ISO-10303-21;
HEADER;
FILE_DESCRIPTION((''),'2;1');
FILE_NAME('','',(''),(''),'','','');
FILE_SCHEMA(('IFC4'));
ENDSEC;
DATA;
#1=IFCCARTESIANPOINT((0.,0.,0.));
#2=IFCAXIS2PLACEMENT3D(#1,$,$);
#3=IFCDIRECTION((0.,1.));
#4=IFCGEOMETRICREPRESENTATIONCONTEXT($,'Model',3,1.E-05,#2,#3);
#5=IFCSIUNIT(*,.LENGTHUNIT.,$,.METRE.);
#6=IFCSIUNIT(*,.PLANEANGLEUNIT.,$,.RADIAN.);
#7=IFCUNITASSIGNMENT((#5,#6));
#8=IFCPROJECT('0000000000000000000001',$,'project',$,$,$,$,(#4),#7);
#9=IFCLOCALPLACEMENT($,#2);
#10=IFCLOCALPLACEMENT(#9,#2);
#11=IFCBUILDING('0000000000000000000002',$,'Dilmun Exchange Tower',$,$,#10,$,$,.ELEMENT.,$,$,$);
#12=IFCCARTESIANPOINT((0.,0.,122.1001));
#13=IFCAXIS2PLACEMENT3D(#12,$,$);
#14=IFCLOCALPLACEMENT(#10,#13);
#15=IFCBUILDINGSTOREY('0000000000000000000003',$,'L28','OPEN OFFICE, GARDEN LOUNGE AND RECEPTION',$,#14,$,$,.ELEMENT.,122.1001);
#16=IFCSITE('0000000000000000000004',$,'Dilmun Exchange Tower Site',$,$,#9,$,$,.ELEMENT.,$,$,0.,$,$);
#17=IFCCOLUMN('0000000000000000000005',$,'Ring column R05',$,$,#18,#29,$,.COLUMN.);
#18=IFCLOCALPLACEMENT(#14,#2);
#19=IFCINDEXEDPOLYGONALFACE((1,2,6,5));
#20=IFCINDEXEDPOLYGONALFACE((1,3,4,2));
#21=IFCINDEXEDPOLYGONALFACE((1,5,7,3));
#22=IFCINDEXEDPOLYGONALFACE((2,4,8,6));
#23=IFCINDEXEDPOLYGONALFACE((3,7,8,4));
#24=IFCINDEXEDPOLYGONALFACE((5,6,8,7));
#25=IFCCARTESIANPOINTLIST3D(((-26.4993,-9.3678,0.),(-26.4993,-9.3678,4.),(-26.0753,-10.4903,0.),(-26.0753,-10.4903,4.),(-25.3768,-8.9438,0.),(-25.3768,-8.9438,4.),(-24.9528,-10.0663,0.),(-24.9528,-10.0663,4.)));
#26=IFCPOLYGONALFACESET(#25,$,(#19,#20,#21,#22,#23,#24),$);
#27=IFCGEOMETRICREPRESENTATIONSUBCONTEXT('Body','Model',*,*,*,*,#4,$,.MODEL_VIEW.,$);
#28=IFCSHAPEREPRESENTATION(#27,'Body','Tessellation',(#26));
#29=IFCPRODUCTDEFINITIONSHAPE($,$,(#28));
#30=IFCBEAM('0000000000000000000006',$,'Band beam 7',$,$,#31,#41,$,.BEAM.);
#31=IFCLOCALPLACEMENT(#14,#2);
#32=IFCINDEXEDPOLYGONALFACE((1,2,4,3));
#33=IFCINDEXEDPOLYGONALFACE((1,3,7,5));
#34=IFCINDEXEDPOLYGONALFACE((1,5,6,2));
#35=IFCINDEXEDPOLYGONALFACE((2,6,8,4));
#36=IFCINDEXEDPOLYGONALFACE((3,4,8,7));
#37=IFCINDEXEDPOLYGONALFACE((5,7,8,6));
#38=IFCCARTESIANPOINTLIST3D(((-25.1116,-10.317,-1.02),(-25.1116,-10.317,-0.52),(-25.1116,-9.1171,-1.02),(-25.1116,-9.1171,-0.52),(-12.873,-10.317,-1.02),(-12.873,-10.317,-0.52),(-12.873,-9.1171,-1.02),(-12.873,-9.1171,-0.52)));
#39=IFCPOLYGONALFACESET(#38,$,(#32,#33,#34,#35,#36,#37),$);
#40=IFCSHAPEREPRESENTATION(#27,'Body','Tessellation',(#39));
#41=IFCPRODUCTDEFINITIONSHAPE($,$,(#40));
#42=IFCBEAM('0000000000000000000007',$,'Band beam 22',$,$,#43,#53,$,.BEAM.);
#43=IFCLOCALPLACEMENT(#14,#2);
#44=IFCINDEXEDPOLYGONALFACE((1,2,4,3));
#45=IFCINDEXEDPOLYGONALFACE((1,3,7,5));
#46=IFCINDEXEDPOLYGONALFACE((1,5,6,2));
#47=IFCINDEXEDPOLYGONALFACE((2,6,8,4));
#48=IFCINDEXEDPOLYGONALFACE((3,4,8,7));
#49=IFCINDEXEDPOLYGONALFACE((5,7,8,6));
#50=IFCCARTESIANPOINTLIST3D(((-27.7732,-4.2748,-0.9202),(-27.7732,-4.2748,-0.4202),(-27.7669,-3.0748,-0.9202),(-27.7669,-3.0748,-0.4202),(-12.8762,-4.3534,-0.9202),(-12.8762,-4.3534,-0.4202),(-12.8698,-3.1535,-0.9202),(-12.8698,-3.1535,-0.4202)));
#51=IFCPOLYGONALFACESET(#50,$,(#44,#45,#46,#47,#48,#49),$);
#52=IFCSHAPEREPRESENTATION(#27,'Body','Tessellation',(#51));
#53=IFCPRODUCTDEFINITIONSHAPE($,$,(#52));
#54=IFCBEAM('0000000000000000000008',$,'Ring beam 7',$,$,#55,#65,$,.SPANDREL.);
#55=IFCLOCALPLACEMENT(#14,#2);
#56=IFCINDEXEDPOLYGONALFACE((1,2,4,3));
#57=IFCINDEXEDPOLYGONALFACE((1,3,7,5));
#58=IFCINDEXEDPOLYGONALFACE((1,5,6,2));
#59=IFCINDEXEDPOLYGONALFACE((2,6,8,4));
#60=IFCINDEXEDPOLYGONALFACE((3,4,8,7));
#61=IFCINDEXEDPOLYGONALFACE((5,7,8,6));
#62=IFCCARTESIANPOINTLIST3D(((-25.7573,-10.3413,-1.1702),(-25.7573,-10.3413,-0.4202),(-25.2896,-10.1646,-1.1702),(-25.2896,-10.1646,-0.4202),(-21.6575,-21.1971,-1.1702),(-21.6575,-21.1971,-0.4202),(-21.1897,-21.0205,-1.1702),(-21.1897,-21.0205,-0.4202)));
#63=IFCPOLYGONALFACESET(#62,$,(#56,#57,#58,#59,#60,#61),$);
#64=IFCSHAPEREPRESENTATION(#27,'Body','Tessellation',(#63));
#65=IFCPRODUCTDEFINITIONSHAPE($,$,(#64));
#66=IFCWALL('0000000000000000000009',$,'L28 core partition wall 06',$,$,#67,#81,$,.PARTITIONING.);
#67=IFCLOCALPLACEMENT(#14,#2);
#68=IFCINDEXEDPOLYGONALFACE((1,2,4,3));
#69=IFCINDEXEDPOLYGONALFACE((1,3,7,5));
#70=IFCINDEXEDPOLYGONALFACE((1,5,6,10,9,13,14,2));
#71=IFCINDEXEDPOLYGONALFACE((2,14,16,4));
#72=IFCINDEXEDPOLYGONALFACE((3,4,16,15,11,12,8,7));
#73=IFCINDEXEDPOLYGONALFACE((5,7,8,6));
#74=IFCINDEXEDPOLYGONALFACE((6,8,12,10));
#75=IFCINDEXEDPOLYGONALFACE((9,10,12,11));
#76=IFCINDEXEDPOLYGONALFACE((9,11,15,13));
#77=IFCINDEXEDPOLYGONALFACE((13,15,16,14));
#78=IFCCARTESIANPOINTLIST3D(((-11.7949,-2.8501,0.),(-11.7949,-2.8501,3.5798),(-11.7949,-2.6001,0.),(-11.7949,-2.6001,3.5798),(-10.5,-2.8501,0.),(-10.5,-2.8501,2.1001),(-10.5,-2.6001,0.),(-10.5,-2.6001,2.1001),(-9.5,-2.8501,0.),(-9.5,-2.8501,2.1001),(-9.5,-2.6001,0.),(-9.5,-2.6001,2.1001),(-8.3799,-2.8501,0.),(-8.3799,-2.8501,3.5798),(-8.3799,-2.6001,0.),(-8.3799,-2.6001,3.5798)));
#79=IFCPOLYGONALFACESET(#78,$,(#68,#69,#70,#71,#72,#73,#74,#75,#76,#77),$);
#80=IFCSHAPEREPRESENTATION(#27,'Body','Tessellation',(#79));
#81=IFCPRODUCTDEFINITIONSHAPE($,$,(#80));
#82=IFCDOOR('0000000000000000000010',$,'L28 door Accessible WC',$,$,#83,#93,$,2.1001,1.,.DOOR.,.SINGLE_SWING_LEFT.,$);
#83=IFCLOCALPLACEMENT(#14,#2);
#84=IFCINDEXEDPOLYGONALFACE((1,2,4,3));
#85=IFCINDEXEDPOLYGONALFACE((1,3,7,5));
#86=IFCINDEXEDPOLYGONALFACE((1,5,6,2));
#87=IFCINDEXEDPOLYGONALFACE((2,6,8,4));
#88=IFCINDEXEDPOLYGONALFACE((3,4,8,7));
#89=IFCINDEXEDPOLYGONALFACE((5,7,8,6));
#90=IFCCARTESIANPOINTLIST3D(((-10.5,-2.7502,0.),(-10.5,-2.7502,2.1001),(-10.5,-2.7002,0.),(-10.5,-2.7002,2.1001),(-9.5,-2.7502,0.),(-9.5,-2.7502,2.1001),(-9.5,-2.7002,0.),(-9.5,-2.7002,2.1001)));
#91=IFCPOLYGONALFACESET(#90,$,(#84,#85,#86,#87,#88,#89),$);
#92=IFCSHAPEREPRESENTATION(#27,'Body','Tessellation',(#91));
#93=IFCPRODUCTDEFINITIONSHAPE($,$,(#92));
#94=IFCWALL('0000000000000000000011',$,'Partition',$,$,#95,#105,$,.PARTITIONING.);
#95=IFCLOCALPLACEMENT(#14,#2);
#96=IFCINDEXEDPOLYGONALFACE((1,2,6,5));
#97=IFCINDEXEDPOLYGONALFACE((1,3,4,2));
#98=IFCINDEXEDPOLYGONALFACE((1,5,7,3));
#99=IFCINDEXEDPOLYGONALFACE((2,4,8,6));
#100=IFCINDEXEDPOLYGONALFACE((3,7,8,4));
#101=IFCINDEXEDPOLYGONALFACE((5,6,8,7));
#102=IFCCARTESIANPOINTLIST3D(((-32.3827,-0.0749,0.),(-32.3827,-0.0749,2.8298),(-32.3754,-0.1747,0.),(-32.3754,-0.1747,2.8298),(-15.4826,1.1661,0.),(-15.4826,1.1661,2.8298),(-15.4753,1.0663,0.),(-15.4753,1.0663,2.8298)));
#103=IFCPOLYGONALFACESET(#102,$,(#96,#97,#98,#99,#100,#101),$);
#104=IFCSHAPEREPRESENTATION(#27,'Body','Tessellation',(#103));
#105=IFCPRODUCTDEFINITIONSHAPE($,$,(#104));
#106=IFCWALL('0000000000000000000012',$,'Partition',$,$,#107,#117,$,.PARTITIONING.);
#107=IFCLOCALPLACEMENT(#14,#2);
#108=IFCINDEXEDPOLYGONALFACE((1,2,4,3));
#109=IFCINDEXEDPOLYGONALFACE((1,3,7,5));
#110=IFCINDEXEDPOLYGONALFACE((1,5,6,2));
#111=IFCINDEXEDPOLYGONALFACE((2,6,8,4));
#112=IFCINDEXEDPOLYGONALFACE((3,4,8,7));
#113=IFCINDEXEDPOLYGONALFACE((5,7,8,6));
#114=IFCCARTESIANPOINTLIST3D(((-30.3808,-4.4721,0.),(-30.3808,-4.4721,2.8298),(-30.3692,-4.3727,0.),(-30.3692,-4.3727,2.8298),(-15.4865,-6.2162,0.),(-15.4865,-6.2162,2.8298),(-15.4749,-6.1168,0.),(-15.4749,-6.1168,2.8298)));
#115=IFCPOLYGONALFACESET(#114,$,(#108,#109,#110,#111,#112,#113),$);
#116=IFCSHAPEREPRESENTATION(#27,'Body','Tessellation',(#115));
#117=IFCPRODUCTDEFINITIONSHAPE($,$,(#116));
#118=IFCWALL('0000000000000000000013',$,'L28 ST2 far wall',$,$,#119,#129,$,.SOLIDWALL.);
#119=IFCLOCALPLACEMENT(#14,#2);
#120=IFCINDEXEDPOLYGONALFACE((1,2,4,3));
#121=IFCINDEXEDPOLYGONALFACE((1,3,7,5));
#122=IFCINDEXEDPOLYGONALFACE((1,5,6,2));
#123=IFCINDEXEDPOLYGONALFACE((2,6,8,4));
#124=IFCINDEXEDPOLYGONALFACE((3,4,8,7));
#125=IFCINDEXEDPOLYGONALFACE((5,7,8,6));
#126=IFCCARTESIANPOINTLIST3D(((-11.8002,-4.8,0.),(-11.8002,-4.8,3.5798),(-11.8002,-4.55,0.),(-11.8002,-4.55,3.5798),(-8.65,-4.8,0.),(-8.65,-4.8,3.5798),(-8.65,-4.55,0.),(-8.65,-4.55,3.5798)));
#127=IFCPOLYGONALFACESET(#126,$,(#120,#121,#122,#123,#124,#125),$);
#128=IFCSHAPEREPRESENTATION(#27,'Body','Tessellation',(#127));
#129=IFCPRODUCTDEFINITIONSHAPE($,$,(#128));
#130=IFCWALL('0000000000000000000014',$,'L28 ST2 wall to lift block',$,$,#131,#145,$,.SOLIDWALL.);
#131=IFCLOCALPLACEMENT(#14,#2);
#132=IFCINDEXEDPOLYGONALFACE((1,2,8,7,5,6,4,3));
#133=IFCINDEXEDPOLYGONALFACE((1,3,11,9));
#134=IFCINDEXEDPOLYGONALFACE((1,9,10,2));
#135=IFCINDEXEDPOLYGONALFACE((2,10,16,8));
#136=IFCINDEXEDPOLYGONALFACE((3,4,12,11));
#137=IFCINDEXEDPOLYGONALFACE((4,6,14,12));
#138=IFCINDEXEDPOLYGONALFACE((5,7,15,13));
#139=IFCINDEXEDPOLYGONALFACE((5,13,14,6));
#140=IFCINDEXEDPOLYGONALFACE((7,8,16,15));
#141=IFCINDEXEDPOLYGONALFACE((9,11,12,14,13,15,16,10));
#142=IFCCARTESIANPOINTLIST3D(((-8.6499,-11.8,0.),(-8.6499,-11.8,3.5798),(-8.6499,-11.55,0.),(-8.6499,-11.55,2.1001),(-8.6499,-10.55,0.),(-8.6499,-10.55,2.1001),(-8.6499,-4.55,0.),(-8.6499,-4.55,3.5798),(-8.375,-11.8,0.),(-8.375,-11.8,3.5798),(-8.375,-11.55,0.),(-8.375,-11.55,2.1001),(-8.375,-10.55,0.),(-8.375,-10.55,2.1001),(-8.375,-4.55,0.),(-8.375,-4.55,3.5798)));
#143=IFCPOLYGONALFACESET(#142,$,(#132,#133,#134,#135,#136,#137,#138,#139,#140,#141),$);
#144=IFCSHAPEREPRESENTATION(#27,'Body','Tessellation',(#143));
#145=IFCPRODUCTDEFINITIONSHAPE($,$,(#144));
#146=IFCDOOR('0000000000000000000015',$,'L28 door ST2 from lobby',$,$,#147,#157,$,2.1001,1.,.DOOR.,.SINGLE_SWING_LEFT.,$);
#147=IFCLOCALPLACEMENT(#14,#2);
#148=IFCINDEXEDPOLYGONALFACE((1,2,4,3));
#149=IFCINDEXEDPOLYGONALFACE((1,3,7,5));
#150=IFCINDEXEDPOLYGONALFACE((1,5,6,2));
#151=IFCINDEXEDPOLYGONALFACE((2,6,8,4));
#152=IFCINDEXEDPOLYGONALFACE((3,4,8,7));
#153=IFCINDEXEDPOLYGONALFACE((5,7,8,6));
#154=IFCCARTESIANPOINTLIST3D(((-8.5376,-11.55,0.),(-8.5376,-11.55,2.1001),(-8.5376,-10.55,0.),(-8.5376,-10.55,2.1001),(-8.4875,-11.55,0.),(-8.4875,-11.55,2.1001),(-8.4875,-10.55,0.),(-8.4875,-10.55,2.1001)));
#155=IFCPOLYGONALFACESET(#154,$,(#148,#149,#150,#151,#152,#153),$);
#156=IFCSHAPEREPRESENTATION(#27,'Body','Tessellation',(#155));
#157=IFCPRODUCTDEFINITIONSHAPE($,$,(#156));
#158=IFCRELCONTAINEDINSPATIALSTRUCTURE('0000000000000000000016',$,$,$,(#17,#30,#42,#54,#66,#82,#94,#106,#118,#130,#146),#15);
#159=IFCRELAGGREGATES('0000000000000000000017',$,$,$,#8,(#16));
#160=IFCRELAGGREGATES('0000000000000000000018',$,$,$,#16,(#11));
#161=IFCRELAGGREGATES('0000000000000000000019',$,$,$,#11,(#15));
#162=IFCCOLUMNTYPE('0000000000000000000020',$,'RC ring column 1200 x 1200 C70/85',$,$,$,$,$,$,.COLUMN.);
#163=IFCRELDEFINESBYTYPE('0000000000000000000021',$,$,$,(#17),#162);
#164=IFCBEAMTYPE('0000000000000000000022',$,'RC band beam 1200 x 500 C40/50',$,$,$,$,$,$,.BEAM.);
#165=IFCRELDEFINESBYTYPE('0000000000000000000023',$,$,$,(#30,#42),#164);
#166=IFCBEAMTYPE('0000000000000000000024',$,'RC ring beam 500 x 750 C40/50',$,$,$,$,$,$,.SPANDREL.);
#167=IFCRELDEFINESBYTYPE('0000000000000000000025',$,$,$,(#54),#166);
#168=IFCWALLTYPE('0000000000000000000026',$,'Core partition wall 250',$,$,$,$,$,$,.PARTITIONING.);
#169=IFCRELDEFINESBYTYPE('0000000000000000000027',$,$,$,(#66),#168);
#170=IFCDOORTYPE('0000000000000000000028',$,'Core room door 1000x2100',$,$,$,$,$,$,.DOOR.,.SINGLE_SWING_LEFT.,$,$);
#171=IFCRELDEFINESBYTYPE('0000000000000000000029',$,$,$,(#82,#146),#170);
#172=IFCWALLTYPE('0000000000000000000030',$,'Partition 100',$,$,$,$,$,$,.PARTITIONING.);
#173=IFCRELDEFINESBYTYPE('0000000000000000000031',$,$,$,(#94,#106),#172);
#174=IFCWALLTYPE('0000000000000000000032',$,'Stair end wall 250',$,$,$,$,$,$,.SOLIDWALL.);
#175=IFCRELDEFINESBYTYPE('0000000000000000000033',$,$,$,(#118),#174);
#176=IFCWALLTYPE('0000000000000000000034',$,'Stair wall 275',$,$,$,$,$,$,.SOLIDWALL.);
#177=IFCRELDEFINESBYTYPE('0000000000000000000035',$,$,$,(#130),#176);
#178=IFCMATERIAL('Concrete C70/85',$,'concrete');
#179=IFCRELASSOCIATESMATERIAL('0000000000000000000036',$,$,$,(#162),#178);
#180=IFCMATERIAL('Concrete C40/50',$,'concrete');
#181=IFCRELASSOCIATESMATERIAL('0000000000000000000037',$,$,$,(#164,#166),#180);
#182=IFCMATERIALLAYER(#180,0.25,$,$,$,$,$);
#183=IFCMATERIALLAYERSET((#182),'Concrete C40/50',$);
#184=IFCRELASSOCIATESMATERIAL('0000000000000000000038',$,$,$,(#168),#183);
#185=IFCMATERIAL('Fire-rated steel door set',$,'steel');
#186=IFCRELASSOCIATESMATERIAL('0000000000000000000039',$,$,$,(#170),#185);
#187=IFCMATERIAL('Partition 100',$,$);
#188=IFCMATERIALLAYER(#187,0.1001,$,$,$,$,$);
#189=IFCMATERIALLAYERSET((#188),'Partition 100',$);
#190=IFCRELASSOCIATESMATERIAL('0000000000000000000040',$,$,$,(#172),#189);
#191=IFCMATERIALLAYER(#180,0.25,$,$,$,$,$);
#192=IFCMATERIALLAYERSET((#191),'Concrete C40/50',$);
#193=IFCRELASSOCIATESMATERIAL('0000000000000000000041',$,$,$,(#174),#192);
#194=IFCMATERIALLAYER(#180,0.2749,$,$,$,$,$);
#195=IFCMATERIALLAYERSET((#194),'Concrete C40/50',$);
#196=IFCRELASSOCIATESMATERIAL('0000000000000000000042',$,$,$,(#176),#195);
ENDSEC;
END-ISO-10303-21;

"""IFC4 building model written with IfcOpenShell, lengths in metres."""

from ifc_helpers import new_model, si_unit, direction, frame, frame_2d, origin, origin_2d, place, context, subcontext, project, spatial, rectangle, extrude, material, layer, layer_set, material_profile, profile_set, type_object, element, fill, save


model = new_model("IFC4")

# Units and contexts
model_context = context("Model", 3, precision=1e-05, world=origin(), true_north=direction((0.0, 1.0)))
body_context = subcontext(model_context, "Body", "Model", "MODEL_VIEW")
ifc_project = project(units=[si_unit("LENGTHUNIT", "METRE"), si_unit("PLANEANGLEUNIT", "RADIAN")], contexts=[model_context])

# Site, building, storey
site_placement = place(None, origin())
site = spatial("IfcSite", under=ifc_project, at=site_placement, Name="Dilmun Exchange Tower Site", CompositionType="ELEMENT", RefElevation=0.0)
building_placement = place(site_placement, origin())
building = spatial("IfcBuilding", under=site, at=building_placement, Name="Dilmun Exchange Tower", CompositionType="ELEMENT")
storey_placement = place(building_placement, frame((0.0, 0.0, 122.1001)))
storey = spatial("IfcBuildingStorey", under=building, at=storey_placement, Name="L28", Description="OPEN OFFICE, GARDEN LOUNGE AND RECEPTION", CompositionType="ELEMENT", Elevation=122.1001)

# Column
ifc_material_1 = material(Name="Concrete C70/85", Category="concrete")
ifc_material_profile_1 = material_profile(ifc_material_1, rectangle(XDim=1.2, YDim=1.2, at=origin_2d()), Name="1200 x 1200")
ifc_profile_set_1 = profile_set([ifc_material_profile_1], Name="Concrete C70/85")
column_type = type_object("IfcColumnType", Name="RC ring column 1200 x 1200 C70/85", PredefinedType="COLUMN", material=ifc_profile_set_1)
column_placement = place(storey_placement, frame((-25.7261, -9.717, 0.0), z_axis=(0.0, 0.0, 1.0), x_axis=(0.935492, 0.353349, 0.0)))
element("IfcColumn", 1, at=column_placement, inside=storey, type_object=column_type, Name="Ring column R05", PredefinedType="COLUMN", context=body_context, shape_type="SweptSolid", body=[
    extrude(rectangle(XDim=1.2, YDim=1.2, at=origin_2d()), origin(), (0.0, 0.0, 1.0), 4.0),
])

# Beams
ifc_material_2 = material(Name="Concrete C40/50", Category="concrete")
ifc_material_profile_2 = material_profile(ifc_material_2, rectangle(XDim=1.2, YDim=0.5, at=origin_2d()), Name="1200 x 500")
ifc_profile_set_2 = profile_set([ifc_material_profile_2], Name="Concrete C40/50")
beam_type_1 = type_object("IfcBeamType", Name="RC band beam 1200 x 500 C40/50", PredefinedType="BEAM", material=ifc_profile_set_2)
beam_1_placement = place(storey_placement, frame((-25.1116, -9.717, -0.77), z_axis=(1.0, 0.0, 0.0), x_axis=(0.0, 1.0, 0.0)))
element("IfcBeam", 2, at=beam_1_placement, inside=storey, type_object=beam_type_1, Name="Band beam 7", PredefinedType="BEAM", context=body_context, shape_type="SweptSolid", body=[
    extrude(rectangle(XDim=1.2, YDim=0.5, at=origin_2d()), origin(), (0.0, 0.0, 1.0), 12.2385),
])
beam_2_placement = place(storey_placement, frame((-27.77, -3.6748, -0.6702), z_axis=(0.999986, -0.005277, 0.0), x_axis=(0.005277, 0.999986, 0.0)))
element("IfcBeam", 3, at=beam_2_placement, inside=storey, type_object=beam_type_1, Name="Band beam 22", PredefinedType="BEAM", context=body_context, shape_type="SweptSolid", body=[
    extrude(rectangle(XDim=1.2, YDim=0.5, at=origin_2d()), origin(), (0.0, 0.0, 1.0), 14.8972),
])
ifc_material_profile_3 = material_profile(ifc_material_2, rectangle(XDim=0.5, YDim=0.75, at=origin_2d()), Name="500 x 750")
ifc_profile_set_3 = profile_set([ifc_material_profile_3], Name="Concrete C40/50")
beam_type_2 = type_object("IfcBeamType", Name="RC ring beam 500 x 750 C40/50", PredefinedType="SPANDREL", material=ifc_profile_set_3)
beam_3_placement = place(storey_placement, frame((-25.5234, -10.2529, -0.7952), z_axis=(0.353304, -0.935509, 0.0), x_axis=(0.935509, 0.353304, 0.0)))
element("IfcBeam", 4, at=beam_3_placement, inside=storey, type_object=beam_type_2, Name="Ring beam 7", PredefinedType="SPANDREL", context=body_context, shape_type="SweptSolid", body=[
    extrude(rectangle(XDim=0.5, YDim=0.75, at=origin_2d()), origin(), (0.0, 0.0, 1.0), 11.6042),
])

# Wall, opening, door
ifc_layer_1 = layer(ifc_material_2, 0.25)
ifc_layer_set_1 = layer_set([ifc_layer_1], Name="Concrete C40/50")
wall_type_1 = type_object("IfcWallType", Name="Core partition wall 250", PredefinedType="PARTITIONING", material=ifc_layer_set_1)
wall_1_placement = place(storey_placement, frame((-11.7949, -2.7251, 0.0), z_axis=(0.0, 0.0, 1.0), x_axis=(1.0, 0.0, 0.0)))
wall_1 = element("IfcWall", 5, at=wall_1_placement, inside=storey, type_object=wall_type_1, Name="L28 core partition wall 06", PredefinedType="PARTITIONING", context=body_context, shape_type="SweptSolid", body=[
    extrude(rectangle(XDim=3.415, YDim=0.25, at=frame_2d((1.7075, 0.0))), origin(), (0.0, 0.0, 1.0), 3.5798),
])
opening_1_placement = place(wall_1_placement, frame((1.2949, 0.0, 0.0)))
opening_1 = element("IfcOpeningElement", 6, at=opening_1_placement, cuts=wall_1, PredefinedType="OPENING", context=body_context, shape_type="SweptSolid", body=[
    extrude(rectangle(XDim=1.0, YDim=2.1001, at=frame_2d((0.5, 1.05))), frame((0.0, 0.135, 0.0), z_axis=(0.0, -1.0, 0.0), x_axis=(1.0, 0.0, 0.0)), (0.0, 0.0, 1.0), 0.27),
])
ifc_material_3 = material(Name="Fire-rated steel door set", Category="steel")
door_type = type_object("IfcDoorType", Name="Core room door 1000x2100", OperationType="SINGLE_SWING_LEFT", PredefinedType="DOOR", material=ifc_material_3)
door_1_placement = place(opening_1_placement, origin())
door_1 = element("IfcDoor", 7, at=door_1_placement, inside=storey, type_object=door_type, Name="L28 door Accessible WC", OperationType="SINGLE_SWING_LEFT", OverallHeight=2.1001, OverallWidth=1.0, PredefinedType="DOOR", context=body_context, shape_type="SweptSolid", body=[
    extrude(rectangle(XDim=1.0, YDim=2.1001, at=frame_2d((0.5, 1.05))), frame((0.0, 0.0249, 0.0), z_axis=(0.0, -1.0, 0.0), x_axis=(1.0, 0.0, 0.0)), (0.0, 0.0, 1.0), 0.05),
])
fill(opening_1, door_1)

# Walls
ifc_material_4 = material(Name="Partition 100")
ifc_layer_2 = layer(ifc_material_4, 0.1001)
ifc_layer_set_2 = layer_set([ifc_layer_2], Name="Partition 100")
wall_type_2 = type_object("IfcWallType", Name="Partition 100", PredefinedType="PARTITIONING", material=ifc_layer_set_2)
wall_2_placement = place(storey_placement, frame((-32.3789, -0.1248, 0.0), z_axis=(0.0, 0.0, 1.0), x_axis=(0.997315, 0.073232, 0.0)))
element("IfcWall", 8, at=wall_2_placement, inside=storey, type_object=wall_type_2, Name="Partition", PredefinedType="PARTITIONING", context=body_context, shape_type="SweptSolid", body=[
    extrude(rectangle(XDim=16.9456, YDim=0.1001, at=frame_2d((8.4727, 0.0))), origin(), (0.0, 0.0, 1.0), 2.8298),
])
wall_3_placement = place(storey_placement, frame((-30.375, -4.4224, 0.0), z_axis=(0.0, 0.0, 1.0), x_axis=(0.993213, -0.116307, 0.0)))
element("IfcWall", 9, at=wall_3_placement, inside=storey, type_object=wall_type_2, Name="Partition", PredefinedType="PARTITIONING", context=body_context, shape_type="SweptSolid", body=[
    extrude(rectangle(XDim=14.9961, YDim=0.1001, at=frame_2d((7.498, 0.0))), origin(), (0.0, 0.0, 1.0), 2.8298),
])
ifc_layer_3 = layer(ifc_material_2, 0.25)
ifc_layer_set_3 = layer_set([ifc_layer_3], Name="Concrete C40/50")
wall_type_3 = type_object("IfcWallType", Name="Stair end wall 250", PredefinedType="SOLIDWALL", material=ifc_layer_set_3)
wall_4_placement = place(storey_placement, frame((-8.6499, -4.675, 0.0), z_axis=(0.0, 0.0, 1.0), x_axis=(-1.0, 0.0, 0.0)))
element("IfcWall", 10, at=wall_4_placement, inside=storey, type_object=wall_type_3, Name="L28 ST2 far wall", PredefinedType="SOLIDWALL", context=body_context, shape_type="SweptSolid", body=[
    extrude(rectangle(XDim=3.1501, YDim=0.25, at=frame_2d((1.5752, 0.0))), origin(), (0.0, 0.0, 1.0), 3.5798),
])

# Wall, opening, door
ifc_layer_4 = layer(ifc_material_2, 0.2749)
ifc_layer_set_4 = layer_set([ifc_layer_4], Name="Concrete C40/50")
wall_type_4 = type_object("IfcWallType", Name="Stair wall 275", PredefinedType="SOLIDWALL", material=ifc_layer_set_4)
wall_5_placement = place(storey_placement, frame((-8.5125, -4.55, 0.0), z_axis=(0.0, 0.0, 1.0), x_axis=(0.0, -1.0, 0.0)))
wall_5 = element("IfcWall", 11, at=wall_5_placement, inside=storey, type_object=wall_type_4, Name="L28 ST2 wall to lift block", PredefinedType="SOLIDWALL", context=body_context, shape_type="SweptSolid", body=[
    extrude(rectangle(XDim=7.25, YDim=0.2749, at=frame_2d((3.625, 0.0))), origin(), (0.0, 0.0, 1.0), 3.5798),
])
opening_2_placement = place(wall_5_placement, frame((6.0, 0.0, 0.0)))
opening_2 = element("IfcOpeningElement", 12, at=opening_2_placement, cuts=wall_5, PredefinedType="OPENING", context=body_context, shape_type="SweptSolid", body=[
    extrude(rectangle(XDim=1.0, YDim=2.1001, at=frame_2d((0.5, 1.05))), frame((0.0, 0.1475, 0.0), z_axis=(0.0, -1.0, 0.0), x_axis=(1.0, 0.0, 0.0)), (0.0, 0.0, 1.0), 0.2949),
])
door_2_placement = place(opening_2_placement, origin())
door_2 = element("IfcDoor", 13, at=door_2_placement, inside=storey, type_object=door_type, Name="L28 door ST2 from lobby", OperationType="SINGLE_SWING_LEFT", OverallHeight=2.1001, OverallWidth=1.0, PredefinedType="DOOR", context=body_context, shape_type="SweptSolid", body=[
    extrude(rectangle(XDim=1.0, YDim=2.1001, at=frame_2d((0.5, 1.05))), frame((0.0, 0.0249, 0.0), z_axis=(0.0, -1.0, 0.0), x_axis=(1.0, 0.0, 0.0)), (0.0, 0.0, 1.0), 0.05),
])
fill(opening_2, door_2)

save(model, "model.ifc")
